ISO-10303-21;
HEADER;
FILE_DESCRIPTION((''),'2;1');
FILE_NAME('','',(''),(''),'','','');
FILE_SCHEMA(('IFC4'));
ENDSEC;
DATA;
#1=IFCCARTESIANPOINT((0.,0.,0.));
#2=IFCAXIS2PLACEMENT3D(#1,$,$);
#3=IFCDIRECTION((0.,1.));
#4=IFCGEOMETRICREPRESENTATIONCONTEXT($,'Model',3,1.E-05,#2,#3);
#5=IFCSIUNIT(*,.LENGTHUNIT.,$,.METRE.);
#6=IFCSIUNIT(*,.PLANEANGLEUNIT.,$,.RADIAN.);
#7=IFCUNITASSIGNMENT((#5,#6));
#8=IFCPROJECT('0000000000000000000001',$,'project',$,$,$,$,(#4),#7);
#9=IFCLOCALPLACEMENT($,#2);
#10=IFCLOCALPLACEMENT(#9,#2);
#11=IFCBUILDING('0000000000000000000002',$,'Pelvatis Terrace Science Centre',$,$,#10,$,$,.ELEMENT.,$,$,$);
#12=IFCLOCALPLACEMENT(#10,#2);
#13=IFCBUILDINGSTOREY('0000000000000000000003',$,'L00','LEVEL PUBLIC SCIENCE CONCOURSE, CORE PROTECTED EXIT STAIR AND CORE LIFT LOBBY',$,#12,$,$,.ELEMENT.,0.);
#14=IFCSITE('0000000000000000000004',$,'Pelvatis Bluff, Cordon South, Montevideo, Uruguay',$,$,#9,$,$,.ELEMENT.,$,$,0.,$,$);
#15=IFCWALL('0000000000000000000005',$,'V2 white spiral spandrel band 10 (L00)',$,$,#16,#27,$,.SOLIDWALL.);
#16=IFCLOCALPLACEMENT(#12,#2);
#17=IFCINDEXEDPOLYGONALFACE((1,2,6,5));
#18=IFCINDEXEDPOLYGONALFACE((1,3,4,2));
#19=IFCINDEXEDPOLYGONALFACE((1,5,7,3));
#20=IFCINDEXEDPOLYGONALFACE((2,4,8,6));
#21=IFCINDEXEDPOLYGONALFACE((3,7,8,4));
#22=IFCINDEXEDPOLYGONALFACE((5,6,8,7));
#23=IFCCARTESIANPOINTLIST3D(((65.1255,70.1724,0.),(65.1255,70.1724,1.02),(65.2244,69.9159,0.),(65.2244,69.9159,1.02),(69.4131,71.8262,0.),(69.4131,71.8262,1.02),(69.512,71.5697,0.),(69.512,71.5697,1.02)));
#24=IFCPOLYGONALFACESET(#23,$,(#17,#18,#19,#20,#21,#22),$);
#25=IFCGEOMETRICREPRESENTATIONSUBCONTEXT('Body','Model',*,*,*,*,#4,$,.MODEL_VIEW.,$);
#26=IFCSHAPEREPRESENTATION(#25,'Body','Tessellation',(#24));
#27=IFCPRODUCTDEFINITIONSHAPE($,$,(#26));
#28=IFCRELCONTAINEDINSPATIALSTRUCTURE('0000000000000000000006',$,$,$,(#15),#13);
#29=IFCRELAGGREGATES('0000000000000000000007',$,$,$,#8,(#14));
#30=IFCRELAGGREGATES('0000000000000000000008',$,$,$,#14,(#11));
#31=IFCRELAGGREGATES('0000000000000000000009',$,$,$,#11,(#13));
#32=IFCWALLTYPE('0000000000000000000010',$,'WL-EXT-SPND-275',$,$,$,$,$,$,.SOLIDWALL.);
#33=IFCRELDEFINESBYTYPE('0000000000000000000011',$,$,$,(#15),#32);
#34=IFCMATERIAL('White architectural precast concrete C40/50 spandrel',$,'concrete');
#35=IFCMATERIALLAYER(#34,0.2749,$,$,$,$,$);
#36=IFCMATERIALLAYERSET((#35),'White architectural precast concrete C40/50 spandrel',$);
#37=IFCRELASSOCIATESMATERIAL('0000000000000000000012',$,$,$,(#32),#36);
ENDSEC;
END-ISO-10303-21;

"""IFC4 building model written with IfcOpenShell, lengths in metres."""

from ifc_helpers import new_model, si_unit, direction, frame, frame_2d, origin, place, context, subcontext, project, spatial, rectangle, extrude, material, layer, layer_set, type_object, element, save


model = new_model("IFC4")

# Units and contexts
model_context = context("Model", 3, precision=1e-05, world=origin(), true_north=direction((0.0, 1.0)))
body_context = subcontext(model_context, "Body", "Model", "MODEL_VIEW")
ifc_project = project(units=[si_unit("LENGTHUNIT", "METRE"), si_unit("PLANEANGLEUNIT", "RADIAN")], contexts=[model_context])

# Site, building, storey
site_placement = place(None, origin())
site = spatial("IfcSite", under=ifc_project, at=site_placement, Name="Pelvatis Bluff, Cordon South, Montevideo, Uruguay", CompositionType="ELEMENT", RefElevation=0.0)
building_placement = place(site_placement, origin())
building = spatial("IfcBuilding", under=site, at=building_placement, Name="Pelvatis Terrace Science Centre", CompositionType="ELEMENT")
storey_placement = place(building_placement, origin())
storey = spatial("IfcBuildingStorey", under=building, at=storey_placement, Name="L00", Description="LEVEL PUBLIC SCIENCE CONCOURSE, CORE PROTECTED EXIT STAIR AND CORE LIFT LOBBY", CompositionType="ELEMENT", Elevation=0.0)

# Wall
ifc_material_1 = material(Name="White architectural precast concrete C40/50 spandrel", Category="concrete")
ifc_layer_1 = layer(ifc_material_1, 0.2749)
ifc_layer_set_1 = layer_set([ifc_layer_1], Name="White architectural precast concrete C40/50 spandrel")
wall_type = type_object("IfcWallType", Name="WL-EXT-SPND-275", PredefinedType="SOLIDWALL", material=ifc_layer_set_1)
wall_placement = place(storey_placement, frame((69.4626, 71.698, 0.0), z_axis=(0.0, 0.0, 1.0), x_axis=(-0.933, -0.359876, 0.0)))
element("IfcWall", 1, at=wall_placement, inside=storey, type_object=wall_type, Name="V2 white spiral spandrel band 10 (L00)", PredefinedType="SOLIDWALL", context=body_context, shape_type="SweptSolid", body=[
    extrude(rectangle(XDim=4.5955, YDim=0.2749, at=frame_2d((2.2979, 0.0))), origin(), (0.0, 0.0, 1.0), 1.02),
])

save(model, "model.ifc")
